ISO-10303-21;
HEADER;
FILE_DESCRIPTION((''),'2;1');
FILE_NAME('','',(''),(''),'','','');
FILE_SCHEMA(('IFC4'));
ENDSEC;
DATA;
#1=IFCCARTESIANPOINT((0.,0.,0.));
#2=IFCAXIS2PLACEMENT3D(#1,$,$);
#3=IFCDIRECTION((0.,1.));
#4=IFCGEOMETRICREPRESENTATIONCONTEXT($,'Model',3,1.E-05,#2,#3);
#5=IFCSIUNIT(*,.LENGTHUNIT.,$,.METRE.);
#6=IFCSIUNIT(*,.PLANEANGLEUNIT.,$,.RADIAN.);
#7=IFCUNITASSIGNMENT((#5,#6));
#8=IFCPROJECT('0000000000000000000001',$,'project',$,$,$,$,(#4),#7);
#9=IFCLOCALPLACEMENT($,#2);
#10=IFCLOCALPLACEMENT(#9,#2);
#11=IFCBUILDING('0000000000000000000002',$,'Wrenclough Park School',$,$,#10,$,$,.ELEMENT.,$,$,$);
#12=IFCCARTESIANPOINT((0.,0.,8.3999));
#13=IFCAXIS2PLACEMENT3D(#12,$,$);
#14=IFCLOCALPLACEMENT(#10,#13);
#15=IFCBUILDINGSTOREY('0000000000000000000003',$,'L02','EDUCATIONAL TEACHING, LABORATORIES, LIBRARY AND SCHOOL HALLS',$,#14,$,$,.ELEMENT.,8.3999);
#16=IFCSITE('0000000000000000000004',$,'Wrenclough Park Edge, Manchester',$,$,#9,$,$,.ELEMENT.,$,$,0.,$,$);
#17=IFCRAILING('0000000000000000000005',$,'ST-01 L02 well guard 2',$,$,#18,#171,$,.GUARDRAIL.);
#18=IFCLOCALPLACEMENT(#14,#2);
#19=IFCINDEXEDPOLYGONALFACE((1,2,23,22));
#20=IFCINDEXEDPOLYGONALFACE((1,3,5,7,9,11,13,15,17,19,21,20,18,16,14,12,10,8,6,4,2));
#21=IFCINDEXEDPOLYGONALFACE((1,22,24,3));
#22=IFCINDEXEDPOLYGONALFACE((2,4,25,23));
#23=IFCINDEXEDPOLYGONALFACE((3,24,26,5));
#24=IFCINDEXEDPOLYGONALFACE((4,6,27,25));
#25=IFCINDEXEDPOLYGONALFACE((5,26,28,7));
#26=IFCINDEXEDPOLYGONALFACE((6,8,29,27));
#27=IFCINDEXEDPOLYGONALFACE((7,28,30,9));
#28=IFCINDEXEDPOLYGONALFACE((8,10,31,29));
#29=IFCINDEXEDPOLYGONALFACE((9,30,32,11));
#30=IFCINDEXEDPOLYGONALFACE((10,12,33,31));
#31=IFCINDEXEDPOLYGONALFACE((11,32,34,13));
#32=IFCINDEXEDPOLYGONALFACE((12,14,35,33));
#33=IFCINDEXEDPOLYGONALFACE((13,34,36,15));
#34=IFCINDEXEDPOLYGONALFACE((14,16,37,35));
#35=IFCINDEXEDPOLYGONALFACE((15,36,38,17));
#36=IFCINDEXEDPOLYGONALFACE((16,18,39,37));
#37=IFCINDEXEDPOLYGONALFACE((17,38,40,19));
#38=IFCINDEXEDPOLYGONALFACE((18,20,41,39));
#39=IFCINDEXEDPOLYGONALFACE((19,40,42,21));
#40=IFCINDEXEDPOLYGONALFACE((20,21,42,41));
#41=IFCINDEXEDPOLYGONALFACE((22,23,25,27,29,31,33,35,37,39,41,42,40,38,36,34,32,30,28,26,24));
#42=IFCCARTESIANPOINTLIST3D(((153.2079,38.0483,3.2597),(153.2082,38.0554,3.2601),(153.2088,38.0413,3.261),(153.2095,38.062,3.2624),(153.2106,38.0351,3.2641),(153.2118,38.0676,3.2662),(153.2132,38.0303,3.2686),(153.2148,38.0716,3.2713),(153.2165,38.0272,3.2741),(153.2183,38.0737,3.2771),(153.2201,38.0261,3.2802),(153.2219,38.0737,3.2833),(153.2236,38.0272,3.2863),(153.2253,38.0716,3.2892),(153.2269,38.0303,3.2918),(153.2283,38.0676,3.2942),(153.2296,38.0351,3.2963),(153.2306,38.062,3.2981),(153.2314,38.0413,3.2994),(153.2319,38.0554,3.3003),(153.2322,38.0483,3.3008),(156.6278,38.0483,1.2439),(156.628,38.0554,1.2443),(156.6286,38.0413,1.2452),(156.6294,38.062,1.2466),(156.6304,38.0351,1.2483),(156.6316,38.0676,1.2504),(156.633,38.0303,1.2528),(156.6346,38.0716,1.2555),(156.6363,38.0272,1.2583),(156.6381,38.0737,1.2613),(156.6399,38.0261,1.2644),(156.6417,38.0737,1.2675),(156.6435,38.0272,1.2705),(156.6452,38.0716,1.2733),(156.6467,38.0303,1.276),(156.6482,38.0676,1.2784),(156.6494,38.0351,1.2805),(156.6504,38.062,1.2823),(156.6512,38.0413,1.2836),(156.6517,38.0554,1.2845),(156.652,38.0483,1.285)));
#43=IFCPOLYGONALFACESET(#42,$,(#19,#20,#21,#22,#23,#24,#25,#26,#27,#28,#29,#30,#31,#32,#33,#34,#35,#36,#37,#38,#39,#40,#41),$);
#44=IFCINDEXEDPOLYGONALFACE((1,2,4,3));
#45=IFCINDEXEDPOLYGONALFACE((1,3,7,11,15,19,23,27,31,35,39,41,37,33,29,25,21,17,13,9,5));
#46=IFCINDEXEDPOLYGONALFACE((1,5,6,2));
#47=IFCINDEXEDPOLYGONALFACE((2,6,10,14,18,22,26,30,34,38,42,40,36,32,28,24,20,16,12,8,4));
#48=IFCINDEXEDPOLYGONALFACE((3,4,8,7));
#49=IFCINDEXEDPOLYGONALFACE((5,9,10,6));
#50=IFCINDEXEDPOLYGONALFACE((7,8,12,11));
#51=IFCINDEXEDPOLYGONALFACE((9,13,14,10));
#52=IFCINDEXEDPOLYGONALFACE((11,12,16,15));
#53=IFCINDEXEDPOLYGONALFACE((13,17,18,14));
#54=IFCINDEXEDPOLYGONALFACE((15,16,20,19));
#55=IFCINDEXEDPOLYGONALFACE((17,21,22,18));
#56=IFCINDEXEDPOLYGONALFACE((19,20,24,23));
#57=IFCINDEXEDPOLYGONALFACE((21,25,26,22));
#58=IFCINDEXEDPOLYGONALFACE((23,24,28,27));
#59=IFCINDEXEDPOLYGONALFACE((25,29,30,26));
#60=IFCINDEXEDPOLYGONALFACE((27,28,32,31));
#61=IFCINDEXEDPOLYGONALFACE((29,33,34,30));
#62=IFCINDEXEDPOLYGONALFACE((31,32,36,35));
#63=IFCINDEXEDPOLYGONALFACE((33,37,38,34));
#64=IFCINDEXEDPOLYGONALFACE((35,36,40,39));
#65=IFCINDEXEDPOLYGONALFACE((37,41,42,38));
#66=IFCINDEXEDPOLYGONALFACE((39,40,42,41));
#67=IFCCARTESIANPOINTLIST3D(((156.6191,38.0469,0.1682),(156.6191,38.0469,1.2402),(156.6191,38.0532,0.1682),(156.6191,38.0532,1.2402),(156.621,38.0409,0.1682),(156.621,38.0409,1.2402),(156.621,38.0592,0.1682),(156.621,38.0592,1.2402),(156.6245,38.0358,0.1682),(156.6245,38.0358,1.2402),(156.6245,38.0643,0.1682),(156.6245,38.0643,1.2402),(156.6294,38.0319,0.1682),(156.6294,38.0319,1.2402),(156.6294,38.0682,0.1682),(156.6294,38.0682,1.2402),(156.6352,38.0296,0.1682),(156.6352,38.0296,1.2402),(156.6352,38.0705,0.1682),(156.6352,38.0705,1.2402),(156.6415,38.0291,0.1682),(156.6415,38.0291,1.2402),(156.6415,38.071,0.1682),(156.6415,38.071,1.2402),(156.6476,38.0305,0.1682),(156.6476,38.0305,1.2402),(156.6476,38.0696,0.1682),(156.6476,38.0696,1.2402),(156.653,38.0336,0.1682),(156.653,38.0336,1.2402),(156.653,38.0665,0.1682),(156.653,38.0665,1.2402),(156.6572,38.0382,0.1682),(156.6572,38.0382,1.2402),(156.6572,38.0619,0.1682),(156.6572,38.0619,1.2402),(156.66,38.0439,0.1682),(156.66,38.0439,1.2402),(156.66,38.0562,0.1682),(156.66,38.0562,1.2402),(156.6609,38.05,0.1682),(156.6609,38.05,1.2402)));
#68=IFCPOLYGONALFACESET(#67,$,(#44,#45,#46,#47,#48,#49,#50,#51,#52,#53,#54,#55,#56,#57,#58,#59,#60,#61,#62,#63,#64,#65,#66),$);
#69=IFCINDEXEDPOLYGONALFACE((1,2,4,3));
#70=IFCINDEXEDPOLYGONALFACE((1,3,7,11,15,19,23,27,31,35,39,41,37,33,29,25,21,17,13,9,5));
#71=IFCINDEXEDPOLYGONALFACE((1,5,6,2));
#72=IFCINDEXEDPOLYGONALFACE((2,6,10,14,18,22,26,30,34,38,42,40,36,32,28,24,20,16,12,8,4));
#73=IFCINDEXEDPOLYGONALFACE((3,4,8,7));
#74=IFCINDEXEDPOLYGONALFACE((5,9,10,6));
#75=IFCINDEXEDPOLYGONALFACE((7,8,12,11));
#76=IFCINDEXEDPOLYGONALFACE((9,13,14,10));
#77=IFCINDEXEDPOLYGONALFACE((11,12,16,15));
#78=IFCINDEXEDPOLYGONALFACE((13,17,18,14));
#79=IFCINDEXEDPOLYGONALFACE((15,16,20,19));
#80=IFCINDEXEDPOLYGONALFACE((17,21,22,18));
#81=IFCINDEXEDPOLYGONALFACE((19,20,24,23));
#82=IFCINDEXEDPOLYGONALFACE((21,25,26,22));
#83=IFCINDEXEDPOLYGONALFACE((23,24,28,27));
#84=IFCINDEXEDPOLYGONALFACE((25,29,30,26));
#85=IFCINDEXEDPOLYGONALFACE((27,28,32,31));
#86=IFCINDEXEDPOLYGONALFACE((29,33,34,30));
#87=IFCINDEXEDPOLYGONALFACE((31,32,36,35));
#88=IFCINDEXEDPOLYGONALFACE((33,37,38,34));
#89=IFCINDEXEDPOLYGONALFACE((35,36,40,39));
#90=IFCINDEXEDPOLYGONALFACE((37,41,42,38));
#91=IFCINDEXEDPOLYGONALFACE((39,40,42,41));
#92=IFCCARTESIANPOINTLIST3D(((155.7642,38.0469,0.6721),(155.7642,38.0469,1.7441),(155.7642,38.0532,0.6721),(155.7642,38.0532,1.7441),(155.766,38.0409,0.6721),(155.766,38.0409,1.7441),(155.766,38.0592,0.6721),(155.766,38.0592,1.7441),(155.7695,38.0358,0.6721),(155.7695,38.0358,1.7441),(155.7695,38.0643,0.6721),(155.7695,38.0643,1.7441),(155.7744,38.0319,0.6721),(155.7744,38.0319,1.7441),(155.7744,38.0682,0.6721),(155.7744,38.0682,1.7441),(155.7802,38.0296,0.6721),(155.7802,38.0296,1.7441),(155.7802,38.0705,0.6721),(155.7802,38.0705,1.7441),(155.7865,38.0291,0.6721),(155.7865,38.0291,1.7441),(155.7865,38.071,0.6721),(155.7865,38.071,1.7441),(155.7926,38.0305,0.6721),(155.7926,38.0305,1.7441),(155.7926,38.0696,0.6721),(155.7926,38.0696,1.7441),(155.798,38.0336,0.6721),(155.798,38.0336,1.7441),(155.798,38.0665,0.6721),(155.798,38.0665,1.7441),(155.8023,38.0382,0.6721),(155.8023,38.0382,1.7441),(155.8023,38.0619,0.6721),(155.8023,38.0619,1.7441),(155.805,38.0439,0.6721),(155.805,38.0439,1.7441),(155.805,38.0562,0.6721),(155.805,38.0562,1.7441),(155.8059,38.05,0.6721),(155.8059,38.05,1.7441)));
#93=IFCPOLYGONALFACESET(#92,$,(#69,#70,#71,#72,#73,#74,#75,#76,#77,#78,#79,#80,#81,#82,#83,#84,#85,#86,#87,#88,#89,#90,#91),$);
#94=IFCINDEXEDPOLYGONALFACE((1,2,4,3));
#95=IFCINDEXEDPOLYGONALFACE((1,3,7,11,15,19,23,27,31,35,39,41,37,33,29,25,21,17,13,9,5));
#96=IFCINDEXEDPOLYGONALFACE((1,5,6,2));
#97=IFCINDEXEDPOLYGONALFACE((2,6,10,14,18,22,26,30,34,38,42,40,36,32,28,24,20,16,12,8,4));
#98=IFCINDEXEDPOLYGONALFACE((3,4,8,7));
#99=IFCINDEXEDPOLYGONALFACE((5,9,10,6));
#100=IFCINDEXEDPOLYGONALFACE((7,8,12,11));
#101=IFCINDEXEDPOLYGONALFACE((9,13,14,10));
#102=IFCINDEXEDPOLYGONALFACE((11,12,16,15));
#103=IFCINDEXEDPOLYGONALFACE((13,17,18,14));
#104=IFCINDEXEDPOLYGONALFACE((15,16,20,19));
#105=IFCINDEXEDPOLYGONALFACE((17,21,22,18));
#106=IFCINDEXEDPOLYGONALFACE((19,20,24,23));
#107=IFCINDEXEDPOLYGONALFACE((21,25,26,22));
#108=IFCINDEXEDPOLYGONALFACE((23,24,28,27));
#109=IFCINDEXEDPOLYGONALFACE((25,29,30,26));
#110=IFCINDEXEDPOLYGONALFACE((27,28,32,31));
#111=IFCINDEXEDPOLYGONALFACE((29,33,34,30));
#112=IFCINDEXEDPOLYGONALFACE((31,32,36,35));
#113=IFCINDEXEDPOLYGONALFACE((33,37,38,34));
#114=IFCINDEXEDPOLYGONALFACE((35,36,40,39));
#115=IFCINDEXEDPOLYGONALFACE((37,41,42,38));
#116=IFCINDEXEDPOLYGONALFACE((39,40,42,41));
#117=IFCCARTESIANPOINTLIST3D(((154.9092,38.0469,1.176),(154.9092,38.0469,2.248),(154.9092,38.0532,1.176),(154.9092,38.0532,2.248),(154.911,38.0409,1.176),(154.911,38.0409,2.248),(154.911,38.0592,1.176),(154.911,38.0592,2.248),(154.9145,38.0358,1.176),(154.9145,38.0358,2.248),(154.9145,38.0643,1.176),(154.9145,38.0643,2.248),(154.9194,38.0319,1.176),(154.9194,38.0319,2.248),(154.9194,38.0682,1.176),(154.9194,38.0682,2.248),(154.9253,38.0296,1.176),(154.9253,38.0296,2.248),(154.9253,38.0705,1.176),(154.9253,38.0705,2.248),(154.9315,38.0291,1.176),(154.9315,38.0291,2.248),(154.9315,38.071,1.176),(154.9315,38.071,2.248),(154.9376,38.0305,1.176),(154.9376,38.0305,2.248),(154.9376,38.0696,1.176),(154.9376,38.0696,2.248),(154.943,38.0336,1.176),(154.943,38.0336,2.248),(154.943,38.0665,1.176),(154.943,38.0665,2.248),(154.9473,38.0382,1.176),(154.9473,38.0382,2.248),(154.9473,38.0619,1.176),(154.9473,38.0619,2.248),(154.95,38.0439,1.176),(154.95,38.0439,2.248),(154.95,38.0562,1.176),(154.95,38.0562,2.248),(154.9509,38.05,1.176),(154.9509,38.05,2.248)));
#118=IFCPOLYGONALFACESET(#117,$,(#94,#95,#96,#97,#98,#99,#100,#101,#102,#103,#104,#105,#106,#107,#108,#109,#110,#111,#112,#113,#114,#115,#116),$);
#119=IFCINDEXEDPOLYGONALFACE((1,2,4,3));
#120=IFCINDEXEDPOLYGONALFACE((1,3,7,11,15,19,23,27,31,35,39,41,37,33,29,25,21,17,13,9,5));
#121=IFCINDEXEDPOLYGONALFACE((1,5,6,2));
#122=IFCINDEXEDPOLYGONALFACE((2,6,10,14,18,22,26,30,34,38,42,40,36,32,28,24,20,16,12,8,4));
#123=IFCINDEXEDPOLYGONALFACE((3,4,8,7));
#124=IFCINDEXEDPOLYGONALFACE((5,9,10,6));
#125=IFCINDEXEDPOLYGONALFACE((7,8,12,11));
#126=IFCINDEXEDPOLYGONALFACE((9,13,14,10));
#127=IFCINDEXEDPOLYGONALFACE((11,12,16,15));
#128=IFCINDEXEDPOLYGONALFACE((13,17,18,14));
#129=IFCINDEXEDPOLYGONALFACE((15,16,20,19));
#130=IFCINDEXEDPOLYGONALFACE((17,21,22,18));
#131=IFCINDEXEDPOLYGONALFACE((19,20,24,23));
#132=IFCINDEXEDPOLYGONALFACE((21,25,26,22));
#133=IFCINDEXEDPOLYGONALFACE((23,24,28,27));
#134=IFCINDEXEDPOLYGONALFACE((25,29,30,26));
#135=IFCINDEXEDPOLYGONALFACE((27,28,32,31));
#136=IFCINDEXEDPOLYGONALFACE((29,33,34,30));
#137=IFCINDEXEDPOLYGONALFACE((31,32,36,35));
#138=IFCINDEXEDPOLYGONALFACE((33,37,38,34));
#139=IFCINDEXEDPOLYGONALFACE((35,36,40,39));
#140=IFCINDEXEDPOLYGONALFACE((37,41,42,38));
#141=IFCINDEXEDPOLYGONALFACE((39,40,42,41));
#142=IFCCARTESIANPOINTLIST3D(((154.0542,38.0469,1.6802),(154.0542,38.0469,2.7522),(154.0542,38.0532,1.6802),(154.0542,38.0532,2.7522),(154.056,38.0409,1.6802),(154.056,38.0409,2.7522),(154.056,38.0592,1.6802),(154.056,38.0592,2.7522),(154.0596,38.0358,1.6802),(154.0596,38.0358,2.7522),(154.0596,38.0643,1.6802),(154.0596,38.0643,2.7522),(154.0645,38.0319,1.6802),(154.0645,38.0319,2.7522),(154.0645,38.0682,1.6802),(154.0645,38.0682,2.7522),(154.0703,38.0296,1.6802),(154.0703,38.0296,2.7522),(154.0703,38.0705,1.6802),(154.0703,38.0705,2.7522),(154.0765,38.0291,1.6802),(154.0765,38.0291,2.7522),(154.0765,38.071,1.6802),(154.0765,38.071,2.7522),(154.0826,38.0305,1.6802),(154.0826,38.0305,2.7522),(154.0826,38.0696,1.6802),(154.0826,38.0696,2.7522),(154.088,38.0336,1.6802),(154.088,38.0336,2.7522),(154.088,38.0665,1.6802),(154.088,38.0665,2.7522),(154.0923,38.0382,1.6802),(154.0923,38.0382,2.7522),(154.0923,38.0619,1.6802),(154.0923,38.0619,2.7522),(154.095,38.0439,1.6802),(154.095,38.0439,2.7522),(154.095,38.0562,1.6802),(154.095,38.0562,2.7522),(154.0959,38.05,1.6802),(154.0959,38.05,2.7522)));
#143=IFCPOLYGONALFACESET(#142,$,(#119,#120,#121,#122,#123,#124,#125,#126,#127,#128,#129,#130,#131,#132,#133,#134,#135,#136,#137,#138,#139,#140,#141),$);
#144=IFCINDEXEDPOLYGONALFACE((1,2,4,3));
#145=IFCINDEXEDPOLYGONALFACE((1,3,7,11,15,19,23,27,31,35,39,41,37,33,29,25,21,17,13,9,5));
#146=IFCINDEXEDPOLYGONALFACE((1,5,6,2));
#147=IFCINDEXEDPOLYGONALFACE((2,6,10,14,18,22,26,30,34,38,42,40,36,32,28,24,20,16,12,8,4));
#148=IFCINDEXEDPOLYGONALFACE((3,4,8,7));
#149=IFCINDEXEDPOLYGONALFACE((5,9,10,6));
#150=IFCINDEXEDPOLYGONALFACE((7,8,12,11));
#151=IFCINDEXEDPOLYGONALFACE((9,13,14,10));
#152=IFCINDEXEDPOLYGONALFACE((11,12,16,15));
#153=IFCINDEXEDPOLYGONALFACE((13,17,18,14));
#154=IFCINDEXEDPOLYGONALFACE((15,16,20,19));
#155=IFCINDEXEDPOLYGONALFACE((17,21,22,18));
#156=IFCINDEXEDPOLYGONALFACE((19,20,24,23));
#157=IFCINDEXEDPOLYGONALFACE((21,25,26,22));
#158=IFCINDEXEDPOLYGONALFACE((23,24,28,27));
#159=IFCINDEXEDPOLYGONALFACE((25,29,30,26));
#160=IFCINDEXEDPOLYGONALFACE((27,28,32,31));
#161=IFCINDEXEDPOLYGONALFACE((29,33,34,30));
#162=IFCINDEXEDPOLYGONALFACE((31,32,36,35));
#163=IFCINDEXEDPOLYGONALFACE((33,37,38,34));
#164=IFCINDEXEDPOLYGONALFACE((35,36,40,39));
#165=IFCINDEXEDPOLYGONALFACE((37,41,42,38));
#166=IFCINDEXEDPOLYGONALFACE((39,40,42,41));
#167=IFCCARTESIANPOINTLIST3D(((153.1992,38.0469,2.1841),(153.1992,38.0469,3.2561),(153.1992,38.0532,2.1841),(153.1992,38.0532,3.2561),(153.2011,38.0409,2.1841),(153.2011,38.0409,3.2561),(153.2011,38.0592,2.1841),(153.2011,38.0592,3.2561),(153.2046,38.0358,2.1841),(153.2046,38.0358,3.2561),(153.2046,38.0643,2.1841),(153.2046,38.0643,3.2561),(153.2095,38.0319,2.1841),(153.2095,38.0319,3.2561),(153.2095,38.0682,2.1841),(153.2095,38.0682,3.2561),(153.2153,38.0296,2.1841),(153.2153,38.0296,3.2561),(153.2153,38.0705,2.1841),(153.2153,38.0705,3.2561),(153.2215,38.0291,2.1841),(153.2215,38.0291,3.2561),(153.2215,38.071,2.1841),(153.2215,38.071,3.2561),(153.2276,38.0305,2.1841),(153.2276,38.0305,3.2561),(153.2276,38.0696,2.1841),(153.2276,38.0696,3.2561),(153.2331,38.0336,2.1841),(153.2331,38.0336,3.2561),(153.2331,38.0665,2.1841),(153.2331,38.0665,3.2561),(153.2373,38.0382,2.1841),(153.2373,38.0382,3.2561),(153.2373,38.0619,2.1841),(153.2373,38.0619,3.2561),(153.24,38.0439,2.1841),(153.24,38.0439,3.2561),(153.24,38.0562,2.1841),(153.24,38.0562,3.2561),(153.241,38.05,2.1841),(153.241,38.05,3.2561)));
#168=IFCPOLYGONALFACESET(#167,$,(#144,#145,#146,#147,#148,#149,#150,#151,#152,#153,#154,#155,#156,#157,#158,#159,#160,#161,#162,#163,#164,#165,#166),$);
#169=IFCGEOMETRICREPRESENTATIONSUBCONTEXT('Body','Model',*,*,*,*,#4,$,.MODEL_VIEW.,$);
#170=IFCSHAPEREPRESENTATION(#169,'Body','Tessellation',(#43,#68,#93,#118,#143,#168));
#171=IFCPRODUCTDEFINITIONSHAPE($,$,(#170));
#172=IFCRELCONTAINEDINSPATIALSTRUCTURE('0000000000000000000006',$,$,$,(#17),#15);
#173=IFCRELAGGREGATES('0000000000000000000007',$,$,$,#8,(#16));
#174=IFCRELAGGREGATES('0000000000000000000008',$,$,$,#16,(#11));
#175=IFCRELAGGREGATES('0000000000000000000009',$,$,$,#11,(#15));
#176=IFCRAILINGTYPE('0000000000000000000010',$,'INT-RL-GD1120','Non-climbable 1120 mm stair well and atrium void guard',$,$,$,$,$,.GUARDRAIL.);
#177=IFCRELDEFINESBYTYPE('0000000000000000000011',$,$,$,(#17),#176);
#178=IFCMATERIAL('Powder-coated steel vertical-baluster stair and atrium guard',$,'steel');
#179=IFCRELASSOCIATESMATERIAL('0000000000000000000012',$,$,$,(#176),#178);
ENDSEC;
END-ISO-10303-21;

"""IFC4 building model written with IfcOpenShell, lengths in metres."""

from ifc_helpers import new_model, si_unit, direction, frame, origin, origin_2d, place, context, subcontext, project, spatial, circle, extrude, material, type_object, element, save


model = new_model("IFC4")

# Units and contexts
model_context = context("Model", 3, precision=1e-05, world=origin(), true_north=direction((0.0, 1.0)))
body_context = subcontext(model_context, "Body", "Model", "MODEL_VIEW")
ifc_project = project(units=[si_unit("LENGTHUNIT", "METRE"), si_unit("PLANEANGLEUNIT", "RADIAN")], contexts=[model_context])

# Site, building, storey
site_placement = place(None, origin())
site = spatial("IfcSite", under=ifc_project, at=site_placement, Name="Wrenclough Park Edge, Manchester", CompositionType="ELEMENT", RefElevation=0.0)
building_placement = place(site_placement, origin())
building = spatial("IfcBuilding", under=site, at=building_placement, Name="Wrenclough Park School", CompositionType="ELEMENT")
storey_placement = place(building_placement, frame((0.0, 0.0, 8.3999)))
storey = spatial("IfcBuildingStorey", under=building, at=storey_placement, Name="L02", Description="EDUCATIONAL TEACHING, LABORATORIES, LIBRARY AND SCHOOL HALLS", CompositionType="ELEMENT", Elevation=8.3999)

# Railing
ifc_material_1 = material(Name="Powder-coated steel vertical-baluster stair and atrium guard", Category="steel")
railing_type_1 = type_object("IfcRailingType", Name="INT-RL-GD1120", Description="Non-climbable 1120 mm stair well and atrium void guard", PredefinedType="GUARDRAIL", material=ifc_material_1)
railing_1_placement = place(storey_placement, frame((156.6399, 38.05, 0.1682)))
element("IfcRailing", 1, at=railing_1_placement, inside=storey, type_object=railing_type_1, Name="ST-01 L02 well guard 2", PredefinedType="GUARDRAIL", context=body_context, shape_type="SweptSolid", body=[
    extrude(circle(Radius=0.0239, at=origin_2d()), frame((0.0, 0.0, 1.0962), z_axis=(-0.861477, 0.0, 0.507797), x_axis=(0.0, -1.0, 0.0)), (0.0, 0.0, 1.0), 3.9697),
    extrude(circle(Radius=0.021, at=origin_2d()), origin(), (0.0, 0.0, 1.0), 1.072),
    extrude(circle(Radius=0.021, at=origin_2d()), frame((-0.855, 0.0, 0.5039)), (0.0, 0.0, 1.0), 1.072),
    extrude(circle(Radius=0.021, at=origin_2d()), frame((-1.71, 0.0, 1.0078)), (0.0, 0.0, 1.0), 1.072),
    extrude(circle(Radius=0.021, at=origin_2d()), frame((-2.5649, 0.0, 1.512)), (0.0, 0.0, 1.0), 1.072),
    extrude(circle(Radius=0.021, at=origin_2d()), frame((-3.4199, 0.0, 2.0159)), (0.0, 0.0, 1.0), 1.072),
])

save(model, "model.ifc")
